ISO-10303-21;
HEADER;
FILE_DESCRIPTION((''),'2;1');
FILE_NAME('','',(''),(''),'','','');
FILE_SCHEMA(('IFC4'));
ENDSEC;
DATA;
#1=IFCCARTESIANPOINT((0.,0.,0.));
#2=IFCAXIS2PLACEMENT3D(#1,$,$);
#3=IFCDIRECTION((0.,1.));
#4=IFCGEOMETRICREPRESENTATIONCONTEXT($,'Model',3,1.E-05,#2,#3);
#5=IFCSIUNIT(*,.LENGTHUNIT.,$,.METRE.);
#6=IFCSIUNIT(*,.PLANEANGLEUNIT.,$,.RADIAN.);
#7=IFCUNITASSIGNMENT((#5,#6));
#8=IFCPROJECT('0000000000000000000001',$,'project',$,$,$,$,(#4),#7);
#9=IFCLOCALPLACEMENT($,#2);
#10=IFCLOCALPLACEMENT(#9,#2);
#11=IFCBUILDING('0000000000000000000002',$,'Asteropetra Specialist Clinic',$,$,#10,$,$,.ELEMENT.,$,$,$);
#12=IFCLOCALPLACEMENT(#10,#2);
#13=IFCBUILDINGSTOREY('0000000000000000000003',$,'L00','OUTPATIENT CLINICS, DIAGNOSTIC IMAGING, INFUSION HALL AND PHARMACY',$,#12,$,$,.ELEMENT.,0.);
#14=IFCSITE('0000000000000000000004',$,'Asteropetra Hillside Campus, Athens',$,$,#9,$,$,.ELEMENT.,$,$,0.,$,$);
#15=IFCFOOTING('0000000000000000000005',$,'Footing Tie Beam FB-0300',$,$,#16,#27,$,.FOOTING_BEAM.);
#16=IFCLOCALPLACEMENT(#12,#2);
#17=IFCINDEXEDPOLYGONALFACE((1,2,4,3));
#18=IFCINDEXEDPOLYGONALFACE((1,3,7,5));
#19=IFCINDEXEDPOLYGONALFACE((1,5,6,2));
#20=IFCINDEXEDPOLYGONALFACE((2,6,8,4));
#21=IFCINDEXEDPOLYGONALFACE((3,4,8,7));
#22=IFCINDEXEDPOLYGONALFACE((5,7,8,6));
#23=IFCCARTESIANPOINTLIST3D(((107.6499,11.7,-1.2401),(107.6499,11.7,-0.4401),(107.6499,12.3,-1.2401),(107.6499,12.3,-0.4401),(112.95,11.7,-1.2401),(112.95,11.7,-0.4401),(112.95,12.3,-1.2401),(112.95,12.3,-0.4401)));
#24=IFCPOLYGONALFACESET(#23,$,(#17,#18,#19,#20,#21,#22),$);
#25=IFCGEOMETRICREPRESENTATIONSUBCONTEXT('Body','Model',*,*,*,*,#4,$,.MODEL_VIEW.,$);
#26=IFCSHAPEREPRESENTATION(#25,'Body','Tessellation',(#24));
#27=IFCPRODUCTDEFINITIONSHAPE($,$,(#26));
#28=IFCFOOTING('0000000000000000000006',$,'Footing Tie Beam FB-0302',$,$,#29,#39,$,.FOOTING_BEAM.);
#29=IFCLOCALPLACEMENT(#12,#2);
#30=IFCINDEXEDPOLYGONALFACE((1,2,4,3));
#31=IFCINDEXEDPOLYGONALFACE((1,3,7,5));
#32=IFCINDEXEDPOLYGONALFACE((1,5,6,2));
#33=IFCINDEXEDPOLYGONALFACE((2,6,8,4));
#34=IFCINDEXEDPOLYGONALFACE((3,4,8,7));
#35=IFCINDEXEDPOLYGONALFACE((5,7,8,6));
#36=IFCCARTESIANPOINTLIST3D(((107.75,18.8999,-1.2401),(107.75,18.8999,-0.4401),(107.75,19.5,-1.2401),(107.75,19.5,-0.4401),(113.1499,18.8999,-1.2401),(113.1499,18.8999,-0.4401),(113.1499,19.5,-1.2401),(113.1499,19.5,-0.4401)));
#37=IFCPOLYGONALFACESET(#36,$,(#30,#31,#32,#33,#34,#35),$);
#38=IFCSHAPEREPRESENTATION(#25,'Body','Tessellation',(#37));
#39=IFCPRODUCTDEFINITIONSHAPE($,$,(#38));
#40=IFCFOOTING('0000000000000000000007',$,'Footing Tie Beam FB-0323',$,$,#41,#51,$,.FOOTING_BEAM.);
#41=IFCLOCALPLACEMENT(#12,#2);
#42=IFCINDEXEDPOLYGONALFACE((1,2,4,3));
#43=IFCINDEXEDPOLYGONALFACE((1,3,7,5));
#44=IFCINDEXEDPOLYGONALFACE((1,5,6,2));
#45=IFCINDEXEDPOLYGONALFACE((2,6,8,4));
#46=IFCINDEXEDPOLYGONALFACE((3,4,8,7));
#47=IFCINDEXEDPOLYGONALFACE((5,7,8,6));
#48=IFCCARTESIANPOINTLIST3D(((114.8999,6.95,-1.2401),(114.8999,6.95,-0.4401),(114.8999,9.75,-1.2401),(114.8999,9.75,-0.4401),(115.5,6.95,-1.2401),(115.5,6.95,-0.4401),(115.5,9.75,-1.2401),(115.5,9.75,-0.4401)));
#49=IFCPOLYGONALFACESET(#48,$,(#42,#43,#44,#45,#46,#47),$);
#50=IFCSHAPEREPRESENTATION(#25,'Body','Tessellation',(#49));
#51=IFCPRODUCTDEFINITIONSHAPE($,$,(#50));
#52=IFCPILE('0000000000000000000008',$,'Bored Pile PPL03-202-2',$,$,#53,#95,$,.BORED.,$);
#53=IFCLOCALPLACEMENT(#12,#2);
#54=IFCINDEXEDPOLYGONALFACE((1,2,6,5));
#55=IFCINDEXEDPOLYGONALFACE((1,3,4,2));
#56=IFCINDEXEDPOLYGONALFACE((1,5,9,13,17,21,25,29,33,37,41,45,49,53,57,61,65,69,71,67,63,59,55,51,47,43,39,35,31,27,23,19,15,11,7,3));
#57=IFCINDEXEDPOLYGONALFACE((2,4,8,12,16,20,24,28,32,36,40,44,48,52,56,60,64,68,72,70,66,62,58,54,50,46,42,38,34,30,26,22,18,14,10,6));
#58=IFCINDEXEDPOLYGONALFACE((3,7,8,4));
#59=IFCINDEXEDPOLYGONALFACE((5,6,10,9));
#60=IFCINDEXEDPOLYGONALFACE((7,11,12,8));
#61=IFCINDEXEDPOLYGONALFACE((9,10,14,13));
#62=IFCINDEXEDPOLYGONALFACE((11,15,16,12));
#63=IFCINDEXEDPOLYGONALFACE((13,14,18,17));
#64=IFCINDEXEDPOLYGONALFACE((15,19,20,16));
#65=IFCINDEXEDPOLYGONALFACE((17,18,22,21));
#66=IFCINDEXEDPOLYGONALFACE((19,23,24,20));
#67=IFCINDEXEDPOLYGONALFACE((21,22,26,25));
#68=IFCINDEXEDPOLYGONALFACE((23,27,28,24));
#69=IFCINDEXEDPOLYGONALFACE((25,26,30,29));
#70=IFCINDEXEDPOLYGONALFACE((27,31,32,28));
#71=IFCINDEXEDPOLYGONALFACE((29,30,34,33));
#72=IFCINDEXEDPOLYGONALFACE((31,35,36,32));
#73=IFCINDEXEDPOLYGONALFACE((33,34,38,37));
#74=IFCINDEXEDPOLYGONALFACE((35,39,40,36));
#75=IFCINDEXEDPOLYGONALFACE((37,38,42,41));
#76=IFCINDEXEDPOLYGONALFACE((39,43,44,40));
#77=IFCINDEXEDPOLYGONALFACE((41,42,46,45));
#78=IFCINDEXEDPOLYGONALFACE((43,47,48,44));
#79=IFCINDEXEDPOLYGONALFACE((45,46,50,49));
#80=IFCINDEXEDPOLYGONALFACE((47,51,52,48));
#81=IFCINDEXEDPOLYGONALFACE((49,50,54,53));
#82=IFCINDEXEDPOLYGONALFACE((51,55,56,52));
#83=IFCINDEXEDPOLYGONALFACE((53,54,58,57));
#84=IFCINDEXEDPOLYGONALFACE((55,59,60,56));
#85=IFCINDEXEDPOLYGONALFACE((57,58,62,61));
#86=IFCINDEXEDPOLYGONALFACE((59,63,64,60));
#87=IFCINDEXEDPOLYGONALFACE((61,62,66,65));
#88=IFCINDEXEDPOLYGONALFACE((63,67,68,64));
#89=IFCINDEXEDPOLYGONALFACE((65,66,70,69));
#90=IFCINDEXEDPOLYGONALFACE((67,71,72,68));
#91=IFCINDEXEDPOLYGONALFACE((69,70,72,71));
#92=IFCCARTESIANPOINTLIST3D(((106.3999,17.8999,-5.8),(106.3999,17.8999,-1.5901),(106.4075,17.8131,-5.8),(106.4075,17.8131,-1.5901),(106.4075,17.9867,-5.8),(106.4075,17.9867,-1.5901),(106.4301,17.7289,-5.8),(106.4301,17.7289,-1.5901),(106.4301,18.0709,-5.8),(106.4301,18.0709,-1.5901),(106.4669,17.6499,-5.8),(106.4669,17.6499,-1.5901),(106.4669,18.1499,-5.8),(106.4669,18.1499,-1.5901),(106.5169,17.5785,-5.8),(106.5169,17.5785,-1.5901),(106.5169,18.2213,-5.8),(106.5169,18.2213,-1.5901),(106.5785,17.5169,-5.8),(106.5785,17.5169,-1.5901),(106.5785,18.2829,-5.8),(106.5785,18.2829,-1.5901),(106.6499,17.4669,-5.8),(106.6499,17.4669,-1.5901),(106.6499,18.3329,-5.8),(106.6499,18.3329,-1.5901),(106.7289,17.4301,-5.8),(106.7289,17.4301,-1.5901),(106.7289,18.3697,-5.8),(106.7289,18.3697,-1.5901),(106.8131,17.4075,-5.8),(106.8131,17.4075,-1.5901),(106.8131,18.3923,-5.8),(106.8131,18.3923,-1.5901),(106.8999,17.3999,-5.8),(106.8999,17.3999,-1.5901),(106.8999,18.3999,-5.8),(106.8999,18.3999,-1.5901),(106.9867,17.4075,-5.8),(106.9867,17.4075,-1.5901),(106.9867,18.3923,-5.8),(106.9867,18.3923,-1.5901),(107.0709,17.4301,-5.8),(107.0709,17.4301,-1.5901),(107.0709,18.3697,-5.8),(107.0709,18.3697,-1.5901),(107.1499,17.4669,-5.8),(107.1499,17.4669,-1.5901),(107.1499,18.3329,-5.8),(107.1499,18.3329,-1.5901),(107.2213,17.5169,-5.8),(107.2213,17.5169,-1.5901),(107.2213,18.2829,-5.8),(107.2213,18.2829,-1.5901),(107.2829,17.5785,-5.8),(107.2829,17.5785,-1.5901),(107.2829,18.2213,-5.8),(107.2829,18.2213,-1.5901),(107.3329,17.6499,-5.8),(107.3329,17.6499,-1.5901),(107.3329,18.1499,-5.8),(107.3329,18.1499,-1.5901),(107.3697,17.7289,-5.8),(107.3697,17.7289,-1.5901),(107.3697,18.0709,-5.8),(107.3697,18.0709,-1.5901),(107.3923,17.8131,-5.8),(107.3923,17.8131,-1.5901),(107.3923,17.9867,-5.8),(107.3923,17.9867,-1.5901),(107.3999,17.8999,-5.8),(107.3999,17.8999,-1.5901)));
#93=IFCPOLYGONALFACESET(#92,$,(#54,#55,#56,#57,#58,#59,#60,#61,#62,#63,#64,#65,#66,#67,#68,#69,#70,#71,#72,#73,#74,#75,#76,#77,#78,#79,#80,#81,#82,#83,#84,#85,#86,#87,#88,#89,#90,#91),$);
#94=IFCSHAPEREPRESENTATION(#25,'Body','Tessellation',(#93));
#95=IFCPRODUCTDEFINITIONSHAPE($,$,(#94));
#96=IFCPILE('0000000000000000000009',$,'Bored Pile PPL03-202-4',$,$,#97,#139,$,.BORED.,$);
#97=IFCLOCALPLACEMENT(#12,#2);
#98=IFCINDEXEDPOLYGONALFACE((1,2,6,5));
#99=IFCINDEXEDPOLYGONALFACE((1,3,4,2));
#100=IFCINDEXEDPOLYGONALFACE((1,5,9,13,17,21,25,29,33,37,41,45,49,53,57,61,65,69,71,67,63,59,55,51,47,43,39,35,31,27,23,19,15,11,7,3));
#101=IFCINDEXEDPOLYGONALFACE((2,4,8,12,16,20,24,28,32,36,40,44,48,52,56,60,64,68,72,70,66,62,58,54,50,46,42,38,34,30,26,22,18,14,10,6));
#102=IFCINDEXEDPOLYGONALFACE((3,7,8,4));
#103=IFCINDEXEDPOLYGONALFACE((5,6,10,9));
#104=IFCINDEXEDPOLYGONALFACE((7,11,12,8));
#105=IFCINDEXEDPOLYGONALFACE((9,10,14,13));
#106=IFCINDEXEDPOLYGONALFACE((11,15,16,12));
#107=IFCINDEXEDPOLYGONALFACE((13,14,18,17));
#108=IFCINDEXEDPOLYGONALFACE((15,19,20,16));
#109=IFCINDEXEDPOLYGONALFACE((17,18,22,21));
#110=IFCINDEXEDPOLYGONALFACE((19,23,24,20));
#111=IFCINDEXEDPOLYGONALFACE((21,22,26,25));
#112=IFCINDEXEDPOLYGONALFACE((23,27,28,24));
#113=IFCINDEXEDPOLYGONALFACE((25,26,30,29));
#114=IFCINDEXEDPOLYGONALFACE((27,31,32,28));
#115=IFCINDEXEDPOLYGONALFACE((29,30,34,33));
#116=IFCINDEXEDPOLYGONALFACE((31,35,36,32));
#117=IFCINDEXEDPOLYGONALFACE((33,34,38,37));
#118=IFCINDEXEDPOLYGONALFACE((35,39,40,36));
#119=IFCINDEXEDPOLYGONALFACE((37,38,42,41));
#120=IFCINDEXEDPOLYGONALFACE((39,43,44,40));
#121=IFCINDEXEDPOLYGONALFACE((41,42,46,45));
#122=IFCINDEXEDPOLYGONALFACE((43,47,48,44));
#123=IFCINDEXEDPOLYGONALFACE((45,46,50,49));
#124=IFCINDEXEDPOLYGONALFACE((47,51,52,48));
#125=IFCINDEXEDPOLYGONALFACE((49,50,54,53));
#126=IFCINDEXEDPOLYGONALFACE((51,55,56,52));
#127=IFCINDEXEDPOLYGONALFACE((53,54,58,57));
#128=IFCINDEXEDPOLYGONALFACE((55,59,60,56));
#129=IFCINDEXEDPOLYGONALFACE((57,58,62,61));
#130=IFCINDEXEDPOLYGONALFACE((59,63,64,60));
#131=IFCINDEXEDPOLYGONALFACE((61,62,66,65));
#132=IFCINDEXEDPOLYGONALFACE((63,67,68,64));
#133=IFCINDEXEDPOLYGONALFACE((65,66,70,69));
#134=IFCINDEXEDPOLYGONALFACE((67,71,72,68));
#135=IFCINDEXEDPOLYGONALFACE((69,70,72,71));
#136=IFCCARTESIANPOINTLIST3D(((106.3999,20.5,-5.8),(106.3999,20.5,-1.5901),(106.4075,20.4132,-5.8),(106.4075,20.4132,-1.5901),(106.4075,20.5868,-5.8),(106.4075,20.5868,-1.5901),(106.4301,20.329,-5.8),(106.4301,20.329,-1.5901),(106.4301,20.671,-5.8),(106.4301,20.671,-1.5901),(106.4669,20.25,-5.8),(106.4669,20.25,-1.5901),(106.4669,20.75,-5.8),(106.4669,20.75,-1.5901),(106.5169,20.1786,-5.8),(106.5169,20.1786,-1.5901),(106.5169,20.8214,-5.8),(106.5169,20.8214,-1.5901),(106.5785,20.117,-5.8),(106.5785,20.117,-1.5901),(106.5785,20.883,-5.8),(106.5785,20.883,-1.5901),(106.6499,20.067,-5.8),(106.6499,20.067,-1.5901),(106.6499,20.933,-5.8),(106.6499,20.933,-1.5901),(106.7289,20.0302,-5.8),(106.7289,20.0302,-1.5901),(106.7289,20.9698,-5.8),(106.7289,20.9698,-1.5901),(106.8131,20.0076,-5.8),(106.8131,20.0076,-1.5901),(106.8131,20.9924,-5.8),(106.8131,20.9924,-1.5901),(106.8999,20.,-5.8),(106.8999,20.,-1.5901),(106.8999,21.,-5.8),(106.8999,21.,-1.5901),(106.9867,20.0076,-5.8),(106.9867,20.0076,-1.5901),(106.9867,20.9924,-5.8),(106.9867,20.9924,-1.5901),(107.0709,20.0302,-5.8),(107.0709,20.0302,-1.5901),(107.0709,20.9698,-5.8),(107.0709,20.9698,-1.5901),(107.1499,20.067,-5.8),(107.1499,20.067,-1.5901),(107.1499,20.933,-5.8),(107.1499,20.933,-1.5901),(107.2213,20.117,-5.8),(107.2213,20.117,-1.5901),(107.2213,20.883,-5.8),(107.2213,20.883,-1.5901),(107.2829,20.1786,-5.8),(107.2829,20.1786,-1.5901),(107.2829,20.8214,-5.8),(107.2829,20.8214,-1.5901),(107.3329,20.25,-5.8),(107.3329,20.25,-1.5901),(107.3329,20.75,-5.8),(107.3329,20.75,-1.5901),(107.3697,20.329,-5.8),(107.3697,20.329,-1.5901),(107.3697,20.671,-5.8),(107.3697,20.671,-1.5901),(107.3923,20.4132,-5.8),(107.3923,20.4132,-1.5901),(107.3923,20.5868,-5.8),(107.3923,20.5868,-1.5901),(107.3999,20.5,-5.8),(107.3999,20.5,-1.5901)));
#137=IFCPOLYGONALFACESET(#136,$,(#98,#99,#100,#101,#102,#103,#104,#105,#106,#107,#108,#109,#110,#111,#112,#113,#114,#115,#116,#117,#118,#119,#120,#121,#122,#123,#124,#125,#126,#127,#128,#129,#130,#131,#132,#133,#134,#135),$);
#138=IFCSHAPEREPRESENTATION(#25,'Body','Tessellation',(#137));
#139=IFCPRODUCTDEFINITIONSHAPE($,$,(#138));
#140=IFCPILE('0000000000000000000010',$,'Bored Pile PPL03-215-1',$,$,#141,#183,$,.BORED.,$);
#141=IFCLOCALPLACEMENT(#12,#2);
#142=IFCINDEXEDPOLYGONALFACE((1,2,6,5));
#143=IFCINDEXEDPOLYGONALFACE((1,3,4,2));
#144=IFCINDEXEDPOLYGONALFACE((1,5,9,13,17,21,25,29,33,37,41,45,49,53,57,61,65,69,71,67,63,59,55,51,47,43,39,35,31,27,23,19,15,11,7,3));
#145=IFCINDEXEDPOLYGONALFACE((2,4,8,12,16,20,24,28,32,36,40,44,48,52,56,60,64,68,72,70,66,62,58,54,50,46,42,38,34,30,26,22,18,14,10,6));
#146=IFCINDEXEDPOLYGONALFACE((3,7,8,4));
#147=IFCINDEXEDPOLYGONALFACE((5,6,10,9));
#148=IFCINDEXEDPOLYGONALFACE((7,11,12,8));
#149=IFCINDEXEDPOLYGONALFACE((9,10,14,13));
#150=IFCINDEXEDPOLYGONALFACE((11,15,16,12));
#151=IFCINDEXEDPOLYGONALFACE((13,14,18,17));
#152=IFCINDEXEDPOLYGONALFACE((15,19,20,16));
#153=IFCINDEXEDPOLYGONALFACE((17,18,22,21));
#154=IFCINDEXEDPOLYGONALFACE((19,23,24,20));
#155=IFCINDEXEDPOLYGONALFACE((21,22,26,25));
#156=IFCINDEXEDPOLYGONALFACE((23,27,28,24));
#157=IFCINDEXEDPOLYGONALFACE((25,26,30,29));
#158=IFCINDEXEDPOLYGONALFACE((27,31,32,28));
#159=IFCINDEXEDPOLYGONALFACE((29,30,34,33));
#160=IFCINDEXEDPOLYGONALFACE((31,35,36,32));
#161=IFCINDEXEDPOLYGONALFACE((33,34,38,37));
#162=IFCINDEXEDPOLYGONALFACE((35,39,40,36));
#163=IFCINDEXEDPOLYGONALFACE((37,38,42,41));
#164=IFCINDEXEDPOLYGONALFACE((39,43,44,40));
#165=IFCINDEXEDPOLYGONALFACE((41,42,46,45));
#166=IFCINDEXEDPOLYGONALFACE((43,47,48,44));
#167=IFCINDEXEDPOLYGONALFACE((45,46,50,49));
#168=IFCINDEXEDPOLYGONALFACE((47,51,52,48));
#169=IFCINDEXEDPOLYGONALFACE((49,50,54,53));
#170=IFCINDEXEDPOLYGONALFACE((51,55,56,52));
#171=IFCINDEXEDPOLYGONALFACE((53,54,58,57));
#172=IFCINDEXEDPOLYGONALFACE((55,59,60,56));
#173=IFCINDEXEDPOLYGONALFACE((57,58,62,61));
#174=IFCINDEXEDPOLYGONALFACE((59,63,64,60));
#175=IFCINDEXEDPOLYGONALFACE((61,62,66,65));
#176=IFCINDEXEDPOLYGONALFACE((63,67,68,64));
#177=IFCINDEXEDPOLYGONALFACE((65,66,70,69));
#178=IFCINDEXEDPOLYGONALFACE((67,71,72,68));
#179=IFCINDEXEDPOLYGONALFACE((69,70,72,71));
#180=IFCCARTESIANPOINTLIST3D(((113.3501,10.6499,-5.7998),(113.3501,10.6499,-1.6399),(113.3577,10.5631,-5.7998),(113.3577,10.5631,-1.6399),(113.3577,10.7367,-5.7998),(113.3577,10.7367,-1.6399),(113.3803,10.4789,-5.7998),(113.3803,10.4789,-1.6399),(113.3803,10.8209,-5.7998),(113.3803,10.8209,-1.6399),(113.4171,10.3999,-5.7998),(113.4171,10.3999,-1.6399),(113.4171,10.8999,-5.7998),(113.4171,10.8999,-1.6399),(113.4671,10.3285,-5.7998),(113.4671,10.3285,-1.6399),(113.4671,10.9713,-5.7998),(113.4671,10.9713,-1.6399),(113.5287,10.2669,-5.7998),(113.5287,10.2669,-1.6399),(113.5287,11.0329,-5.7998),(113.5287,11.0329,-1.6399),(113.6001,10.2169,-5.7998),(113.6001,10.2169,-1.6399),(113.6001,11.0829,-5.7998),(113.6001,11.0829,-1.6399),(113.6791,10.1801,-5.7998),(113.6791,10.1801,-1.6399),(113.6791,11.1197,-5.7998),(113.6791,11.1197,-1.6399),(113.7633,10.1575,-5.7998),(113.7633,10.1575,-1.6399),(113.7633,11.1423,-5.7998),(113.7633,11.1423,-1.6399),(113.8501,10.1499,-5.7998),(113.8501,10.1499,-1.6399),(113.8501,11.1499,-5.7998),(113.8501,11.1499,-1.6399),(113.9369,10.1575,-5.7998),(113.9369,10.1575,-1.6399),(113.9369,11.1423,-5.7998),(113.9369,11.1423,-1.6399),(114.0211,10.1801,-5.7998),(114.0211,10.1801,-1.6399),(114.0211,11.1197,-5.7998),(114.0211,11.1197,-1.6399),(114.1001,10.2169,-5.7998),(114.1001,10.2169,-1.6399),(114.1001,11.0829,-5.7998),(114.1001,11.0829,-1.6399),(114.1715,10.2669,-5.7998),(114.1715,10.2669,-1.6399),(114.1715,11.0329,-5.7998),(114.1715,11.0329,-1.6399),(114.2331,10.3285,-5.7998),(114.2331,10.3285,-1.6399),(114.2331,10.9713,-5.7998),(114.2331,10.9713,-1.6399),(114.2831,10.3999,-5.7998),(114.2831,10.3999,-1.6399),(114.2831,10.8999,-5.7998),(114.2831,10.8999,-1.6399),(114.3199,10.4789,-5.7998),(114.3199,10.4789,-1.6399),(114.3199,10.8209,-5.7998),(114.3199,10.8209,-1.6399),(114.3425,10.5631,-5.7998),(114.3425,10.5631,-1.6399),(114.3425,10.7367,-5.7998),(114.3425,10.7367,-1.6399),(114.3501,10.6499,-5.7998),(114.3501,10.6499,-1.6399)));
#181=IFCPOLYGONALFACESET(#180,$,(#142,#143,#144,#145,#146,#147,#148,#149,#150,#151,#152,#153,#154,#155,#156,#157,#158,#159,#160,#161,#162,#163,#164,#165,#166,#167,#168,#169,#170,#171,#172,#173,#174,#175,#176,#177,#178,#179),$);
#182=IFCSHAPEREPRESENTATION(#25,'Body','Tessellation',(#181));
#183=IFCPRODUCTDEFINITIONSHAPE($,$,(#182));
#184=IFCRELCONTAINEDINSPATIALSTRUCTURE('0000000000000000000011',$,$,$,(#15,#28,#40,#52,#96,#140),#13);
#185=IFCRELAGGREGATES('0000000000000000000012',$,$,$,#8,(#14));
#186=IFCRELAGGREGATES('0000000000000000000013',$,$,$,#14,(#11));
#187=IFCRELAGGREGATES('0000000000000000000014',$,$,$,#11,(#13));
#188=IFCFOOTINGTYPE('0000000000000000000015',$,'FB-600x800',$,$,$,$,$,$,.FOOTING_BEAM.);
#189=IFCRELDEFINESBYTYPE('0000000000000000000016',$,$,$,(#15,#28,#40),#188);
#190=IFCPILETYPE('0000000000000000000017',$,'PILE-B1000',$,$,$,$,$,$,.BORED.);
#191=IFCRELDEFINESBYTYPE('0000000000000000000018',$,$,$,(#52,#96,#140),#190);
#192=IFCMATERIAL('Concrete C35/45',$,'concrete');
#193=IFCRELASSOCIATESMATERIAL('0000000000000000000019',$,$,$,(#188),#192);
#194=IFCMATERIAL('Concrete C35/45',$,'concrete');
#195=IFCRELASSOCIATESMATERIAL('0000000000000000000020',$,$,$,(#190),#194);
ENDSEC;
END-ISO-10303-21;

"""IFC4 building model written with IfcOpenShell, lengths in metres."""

from ifc_helpers import new_model, si_unit, direction, frame, origin, origin_2d, place, context, subcontext, project, spatial, rectangle, circle, extrude, material, material_profile, profile_set, type_object, element, save


model = new_model("IFC4")

# Units and contexts
model_context = context("Model", 3, precision=1e-05, world=origin(), true_north=direction((0.0, 1.0)))
body_context = subcontext(model_context, "Body", "Model", "MODEL_VIEW")
ifc_project = project(units=[si_unit("LENGTHUNIT", "METRE"), si_unit("PLANEANGLEUNIT", "RADIAN")], contexts=[model_context])

# Site, building, storey
site_placement = place(None, origin())
site = spatial("IfcSite", under=ifc_project, at=site_placement, Name="Asteropetra Hillside Campus, Athens", CompositionType="ELEMENT", RefElevation=0.0)
building_placement = place(site_placement, origin())
building = spatial("IfcBuilding", under=site, at=building_placement, Name="Asteropetra Specialist Clinic", CompositionType="ELEMENT")
storey_placement = place(building_placement, origin())
storey = spatial("IfcBuildingStorey", under=building, at=storey_placement, Name="L00", Description="OUTPATIENT CLINICS, DIAGNOSTIC IMAGING, INFUSION HALL AND PHARMACY", CompositionType="ELEMENT", Elevation=0.0)

# Footings
ifc_material_1 = material(Name="Concrete C35/45", Category="concrete")
ifc_material_profile_1 = material_profile(ifc_material_1, rectangle(XDim=0.6001, YDim=0.8, at=origin_2d()), Name="FB 600x800")
ifc_profile_set_1 = profile_set([ifc_material_profile_1], Name="Concrete C35/45")
footing_type = type_object("IfcFootingType", Name="FB-600x800", PredefinedType="FOOTING_BEAM", material=ifc_profile_set_1)
footing_1_placement = place(storey_placement, frame((107.6499, 12.0, -0.8401), z_axis=(1.0, 0.0, 0.0), x_axis=(0.0, 1.0, 0.0)))
element("IfcFooting", 1, at=footing_1_placement, inside=storey, type_object=footing_type, Name="Footing Tie Beam FB-0300", PredefinedType="FOOTING_BEAM", context=body_context, shape_type="SweptSolid", body=[
    extrude(rectangle(XDim=0.6001, YDim=0.8, at=origin_2d()), origin(), (0.0, 0.0, 1.0), 5.3),
])
footing_2_placement = place(storey_placement, frame((107.75, 19.2, -0.8401), z_axis=(1.0, 0.0, 0.0), x_axis=(0.0, 1.0, 0.0)))
element("IfcFooting", 2, at=footing_2_placement, inside=storey, type_object=footing_type, Name="Footing Tie Beam FB-0302", PredefinedType="FOOTING_BEAM", context=body_context, shape_type="SweptSolid", body=[
    extrude(rectangle(XDim=0.6001, YDim=0.8, at=origin_2d()), origin(), (0.0, 0.0, 1.0), 5.3999),
])
footing_3_placement = place(storey_placement, frame((115.2, 6.95, -0.8401), z_axis=(0.0, 1.0, 0.0), x_axis=(-1.0, 0.0, 0.0)))
element("IfcFooting", 3, at=footing_3_placement, inside=storey, type_object=footing_type, Name="Footing Tie Beam FB-0323", PredefinedType="FOOTING_BEAM", context=body_context, shape_type="SweptSolid", body=[
    extrude(rectangle(XDim=0.6001, YDim=0.8, at=origin_2d()), origin(), (0.0, 0.0, 1.0), 2.8),
])

# Piles
ifc_material_2 = material(Name="Concrete C35/45", Category="concrete")
ifc_material_profile_2 = material_profile(ifc_material_2, circle(Radius=0.5, at=origin_2d()), Name="PILE D1000")
ifc_profile_set_2 = profile_set([ifc_material_profile_2], Name="Concrete C35/45")
pile_type_1 = type_object("IfcPileType", Name="PILE-B1000", PredefinedType="BORED", material=ifc_profile_set_2)
for number, where, z_axis, x_axis, name in (
    (4, (106.8999, 17.8999, -1.5901), (0.0, 0.0, -1.0), (1.0, 0.0, 0.0), "Bored Pile PPL03-202-2"),
    (5, (106.8999, 20.5, -1.5901), (0.0, 0.0, -1.0), (1.0, 0.0, 0.0), "Bored Pile PPL03-202-4"),
):
    element("IfcPile", number, at=place(storey_placement, frame(where, z_axis=z_axis, x_axis=x_axis)), inside=storey, type_object=pile_type_1, Name=name, PredefinedType="BORED", context=body_context, shape_type="SweptSolid", body=[
        extrude(circle(Radius=0.5, at=origin_2d()), origin(), (0.0, 0.0, 1.0), 4.21),
    ])
for number, where, z_axis, x_axis, name in (
    (6, (113.8501, 10.6499, -1.6399), (0.0, 0.0, -1.0), (1.0, 0.0, 0.0), "Bored Pile PPL03-215-1"),
):
    element("IfcPile", number, at=place(storey_placement, frame(where, z_axis=z_axis, x_axis=x_axis)), inside=storey, type_object=pile_type_1, Name=name, PredefinedType="BORED", context=body_context, shape_type="SweptSolid", body=[
        extrude(circle(Radius=0.5, at=origin_2d()), origin(), (0.0, 0.0, 1.0), 4.1599),
    ])

save(model, "model.ifc")
